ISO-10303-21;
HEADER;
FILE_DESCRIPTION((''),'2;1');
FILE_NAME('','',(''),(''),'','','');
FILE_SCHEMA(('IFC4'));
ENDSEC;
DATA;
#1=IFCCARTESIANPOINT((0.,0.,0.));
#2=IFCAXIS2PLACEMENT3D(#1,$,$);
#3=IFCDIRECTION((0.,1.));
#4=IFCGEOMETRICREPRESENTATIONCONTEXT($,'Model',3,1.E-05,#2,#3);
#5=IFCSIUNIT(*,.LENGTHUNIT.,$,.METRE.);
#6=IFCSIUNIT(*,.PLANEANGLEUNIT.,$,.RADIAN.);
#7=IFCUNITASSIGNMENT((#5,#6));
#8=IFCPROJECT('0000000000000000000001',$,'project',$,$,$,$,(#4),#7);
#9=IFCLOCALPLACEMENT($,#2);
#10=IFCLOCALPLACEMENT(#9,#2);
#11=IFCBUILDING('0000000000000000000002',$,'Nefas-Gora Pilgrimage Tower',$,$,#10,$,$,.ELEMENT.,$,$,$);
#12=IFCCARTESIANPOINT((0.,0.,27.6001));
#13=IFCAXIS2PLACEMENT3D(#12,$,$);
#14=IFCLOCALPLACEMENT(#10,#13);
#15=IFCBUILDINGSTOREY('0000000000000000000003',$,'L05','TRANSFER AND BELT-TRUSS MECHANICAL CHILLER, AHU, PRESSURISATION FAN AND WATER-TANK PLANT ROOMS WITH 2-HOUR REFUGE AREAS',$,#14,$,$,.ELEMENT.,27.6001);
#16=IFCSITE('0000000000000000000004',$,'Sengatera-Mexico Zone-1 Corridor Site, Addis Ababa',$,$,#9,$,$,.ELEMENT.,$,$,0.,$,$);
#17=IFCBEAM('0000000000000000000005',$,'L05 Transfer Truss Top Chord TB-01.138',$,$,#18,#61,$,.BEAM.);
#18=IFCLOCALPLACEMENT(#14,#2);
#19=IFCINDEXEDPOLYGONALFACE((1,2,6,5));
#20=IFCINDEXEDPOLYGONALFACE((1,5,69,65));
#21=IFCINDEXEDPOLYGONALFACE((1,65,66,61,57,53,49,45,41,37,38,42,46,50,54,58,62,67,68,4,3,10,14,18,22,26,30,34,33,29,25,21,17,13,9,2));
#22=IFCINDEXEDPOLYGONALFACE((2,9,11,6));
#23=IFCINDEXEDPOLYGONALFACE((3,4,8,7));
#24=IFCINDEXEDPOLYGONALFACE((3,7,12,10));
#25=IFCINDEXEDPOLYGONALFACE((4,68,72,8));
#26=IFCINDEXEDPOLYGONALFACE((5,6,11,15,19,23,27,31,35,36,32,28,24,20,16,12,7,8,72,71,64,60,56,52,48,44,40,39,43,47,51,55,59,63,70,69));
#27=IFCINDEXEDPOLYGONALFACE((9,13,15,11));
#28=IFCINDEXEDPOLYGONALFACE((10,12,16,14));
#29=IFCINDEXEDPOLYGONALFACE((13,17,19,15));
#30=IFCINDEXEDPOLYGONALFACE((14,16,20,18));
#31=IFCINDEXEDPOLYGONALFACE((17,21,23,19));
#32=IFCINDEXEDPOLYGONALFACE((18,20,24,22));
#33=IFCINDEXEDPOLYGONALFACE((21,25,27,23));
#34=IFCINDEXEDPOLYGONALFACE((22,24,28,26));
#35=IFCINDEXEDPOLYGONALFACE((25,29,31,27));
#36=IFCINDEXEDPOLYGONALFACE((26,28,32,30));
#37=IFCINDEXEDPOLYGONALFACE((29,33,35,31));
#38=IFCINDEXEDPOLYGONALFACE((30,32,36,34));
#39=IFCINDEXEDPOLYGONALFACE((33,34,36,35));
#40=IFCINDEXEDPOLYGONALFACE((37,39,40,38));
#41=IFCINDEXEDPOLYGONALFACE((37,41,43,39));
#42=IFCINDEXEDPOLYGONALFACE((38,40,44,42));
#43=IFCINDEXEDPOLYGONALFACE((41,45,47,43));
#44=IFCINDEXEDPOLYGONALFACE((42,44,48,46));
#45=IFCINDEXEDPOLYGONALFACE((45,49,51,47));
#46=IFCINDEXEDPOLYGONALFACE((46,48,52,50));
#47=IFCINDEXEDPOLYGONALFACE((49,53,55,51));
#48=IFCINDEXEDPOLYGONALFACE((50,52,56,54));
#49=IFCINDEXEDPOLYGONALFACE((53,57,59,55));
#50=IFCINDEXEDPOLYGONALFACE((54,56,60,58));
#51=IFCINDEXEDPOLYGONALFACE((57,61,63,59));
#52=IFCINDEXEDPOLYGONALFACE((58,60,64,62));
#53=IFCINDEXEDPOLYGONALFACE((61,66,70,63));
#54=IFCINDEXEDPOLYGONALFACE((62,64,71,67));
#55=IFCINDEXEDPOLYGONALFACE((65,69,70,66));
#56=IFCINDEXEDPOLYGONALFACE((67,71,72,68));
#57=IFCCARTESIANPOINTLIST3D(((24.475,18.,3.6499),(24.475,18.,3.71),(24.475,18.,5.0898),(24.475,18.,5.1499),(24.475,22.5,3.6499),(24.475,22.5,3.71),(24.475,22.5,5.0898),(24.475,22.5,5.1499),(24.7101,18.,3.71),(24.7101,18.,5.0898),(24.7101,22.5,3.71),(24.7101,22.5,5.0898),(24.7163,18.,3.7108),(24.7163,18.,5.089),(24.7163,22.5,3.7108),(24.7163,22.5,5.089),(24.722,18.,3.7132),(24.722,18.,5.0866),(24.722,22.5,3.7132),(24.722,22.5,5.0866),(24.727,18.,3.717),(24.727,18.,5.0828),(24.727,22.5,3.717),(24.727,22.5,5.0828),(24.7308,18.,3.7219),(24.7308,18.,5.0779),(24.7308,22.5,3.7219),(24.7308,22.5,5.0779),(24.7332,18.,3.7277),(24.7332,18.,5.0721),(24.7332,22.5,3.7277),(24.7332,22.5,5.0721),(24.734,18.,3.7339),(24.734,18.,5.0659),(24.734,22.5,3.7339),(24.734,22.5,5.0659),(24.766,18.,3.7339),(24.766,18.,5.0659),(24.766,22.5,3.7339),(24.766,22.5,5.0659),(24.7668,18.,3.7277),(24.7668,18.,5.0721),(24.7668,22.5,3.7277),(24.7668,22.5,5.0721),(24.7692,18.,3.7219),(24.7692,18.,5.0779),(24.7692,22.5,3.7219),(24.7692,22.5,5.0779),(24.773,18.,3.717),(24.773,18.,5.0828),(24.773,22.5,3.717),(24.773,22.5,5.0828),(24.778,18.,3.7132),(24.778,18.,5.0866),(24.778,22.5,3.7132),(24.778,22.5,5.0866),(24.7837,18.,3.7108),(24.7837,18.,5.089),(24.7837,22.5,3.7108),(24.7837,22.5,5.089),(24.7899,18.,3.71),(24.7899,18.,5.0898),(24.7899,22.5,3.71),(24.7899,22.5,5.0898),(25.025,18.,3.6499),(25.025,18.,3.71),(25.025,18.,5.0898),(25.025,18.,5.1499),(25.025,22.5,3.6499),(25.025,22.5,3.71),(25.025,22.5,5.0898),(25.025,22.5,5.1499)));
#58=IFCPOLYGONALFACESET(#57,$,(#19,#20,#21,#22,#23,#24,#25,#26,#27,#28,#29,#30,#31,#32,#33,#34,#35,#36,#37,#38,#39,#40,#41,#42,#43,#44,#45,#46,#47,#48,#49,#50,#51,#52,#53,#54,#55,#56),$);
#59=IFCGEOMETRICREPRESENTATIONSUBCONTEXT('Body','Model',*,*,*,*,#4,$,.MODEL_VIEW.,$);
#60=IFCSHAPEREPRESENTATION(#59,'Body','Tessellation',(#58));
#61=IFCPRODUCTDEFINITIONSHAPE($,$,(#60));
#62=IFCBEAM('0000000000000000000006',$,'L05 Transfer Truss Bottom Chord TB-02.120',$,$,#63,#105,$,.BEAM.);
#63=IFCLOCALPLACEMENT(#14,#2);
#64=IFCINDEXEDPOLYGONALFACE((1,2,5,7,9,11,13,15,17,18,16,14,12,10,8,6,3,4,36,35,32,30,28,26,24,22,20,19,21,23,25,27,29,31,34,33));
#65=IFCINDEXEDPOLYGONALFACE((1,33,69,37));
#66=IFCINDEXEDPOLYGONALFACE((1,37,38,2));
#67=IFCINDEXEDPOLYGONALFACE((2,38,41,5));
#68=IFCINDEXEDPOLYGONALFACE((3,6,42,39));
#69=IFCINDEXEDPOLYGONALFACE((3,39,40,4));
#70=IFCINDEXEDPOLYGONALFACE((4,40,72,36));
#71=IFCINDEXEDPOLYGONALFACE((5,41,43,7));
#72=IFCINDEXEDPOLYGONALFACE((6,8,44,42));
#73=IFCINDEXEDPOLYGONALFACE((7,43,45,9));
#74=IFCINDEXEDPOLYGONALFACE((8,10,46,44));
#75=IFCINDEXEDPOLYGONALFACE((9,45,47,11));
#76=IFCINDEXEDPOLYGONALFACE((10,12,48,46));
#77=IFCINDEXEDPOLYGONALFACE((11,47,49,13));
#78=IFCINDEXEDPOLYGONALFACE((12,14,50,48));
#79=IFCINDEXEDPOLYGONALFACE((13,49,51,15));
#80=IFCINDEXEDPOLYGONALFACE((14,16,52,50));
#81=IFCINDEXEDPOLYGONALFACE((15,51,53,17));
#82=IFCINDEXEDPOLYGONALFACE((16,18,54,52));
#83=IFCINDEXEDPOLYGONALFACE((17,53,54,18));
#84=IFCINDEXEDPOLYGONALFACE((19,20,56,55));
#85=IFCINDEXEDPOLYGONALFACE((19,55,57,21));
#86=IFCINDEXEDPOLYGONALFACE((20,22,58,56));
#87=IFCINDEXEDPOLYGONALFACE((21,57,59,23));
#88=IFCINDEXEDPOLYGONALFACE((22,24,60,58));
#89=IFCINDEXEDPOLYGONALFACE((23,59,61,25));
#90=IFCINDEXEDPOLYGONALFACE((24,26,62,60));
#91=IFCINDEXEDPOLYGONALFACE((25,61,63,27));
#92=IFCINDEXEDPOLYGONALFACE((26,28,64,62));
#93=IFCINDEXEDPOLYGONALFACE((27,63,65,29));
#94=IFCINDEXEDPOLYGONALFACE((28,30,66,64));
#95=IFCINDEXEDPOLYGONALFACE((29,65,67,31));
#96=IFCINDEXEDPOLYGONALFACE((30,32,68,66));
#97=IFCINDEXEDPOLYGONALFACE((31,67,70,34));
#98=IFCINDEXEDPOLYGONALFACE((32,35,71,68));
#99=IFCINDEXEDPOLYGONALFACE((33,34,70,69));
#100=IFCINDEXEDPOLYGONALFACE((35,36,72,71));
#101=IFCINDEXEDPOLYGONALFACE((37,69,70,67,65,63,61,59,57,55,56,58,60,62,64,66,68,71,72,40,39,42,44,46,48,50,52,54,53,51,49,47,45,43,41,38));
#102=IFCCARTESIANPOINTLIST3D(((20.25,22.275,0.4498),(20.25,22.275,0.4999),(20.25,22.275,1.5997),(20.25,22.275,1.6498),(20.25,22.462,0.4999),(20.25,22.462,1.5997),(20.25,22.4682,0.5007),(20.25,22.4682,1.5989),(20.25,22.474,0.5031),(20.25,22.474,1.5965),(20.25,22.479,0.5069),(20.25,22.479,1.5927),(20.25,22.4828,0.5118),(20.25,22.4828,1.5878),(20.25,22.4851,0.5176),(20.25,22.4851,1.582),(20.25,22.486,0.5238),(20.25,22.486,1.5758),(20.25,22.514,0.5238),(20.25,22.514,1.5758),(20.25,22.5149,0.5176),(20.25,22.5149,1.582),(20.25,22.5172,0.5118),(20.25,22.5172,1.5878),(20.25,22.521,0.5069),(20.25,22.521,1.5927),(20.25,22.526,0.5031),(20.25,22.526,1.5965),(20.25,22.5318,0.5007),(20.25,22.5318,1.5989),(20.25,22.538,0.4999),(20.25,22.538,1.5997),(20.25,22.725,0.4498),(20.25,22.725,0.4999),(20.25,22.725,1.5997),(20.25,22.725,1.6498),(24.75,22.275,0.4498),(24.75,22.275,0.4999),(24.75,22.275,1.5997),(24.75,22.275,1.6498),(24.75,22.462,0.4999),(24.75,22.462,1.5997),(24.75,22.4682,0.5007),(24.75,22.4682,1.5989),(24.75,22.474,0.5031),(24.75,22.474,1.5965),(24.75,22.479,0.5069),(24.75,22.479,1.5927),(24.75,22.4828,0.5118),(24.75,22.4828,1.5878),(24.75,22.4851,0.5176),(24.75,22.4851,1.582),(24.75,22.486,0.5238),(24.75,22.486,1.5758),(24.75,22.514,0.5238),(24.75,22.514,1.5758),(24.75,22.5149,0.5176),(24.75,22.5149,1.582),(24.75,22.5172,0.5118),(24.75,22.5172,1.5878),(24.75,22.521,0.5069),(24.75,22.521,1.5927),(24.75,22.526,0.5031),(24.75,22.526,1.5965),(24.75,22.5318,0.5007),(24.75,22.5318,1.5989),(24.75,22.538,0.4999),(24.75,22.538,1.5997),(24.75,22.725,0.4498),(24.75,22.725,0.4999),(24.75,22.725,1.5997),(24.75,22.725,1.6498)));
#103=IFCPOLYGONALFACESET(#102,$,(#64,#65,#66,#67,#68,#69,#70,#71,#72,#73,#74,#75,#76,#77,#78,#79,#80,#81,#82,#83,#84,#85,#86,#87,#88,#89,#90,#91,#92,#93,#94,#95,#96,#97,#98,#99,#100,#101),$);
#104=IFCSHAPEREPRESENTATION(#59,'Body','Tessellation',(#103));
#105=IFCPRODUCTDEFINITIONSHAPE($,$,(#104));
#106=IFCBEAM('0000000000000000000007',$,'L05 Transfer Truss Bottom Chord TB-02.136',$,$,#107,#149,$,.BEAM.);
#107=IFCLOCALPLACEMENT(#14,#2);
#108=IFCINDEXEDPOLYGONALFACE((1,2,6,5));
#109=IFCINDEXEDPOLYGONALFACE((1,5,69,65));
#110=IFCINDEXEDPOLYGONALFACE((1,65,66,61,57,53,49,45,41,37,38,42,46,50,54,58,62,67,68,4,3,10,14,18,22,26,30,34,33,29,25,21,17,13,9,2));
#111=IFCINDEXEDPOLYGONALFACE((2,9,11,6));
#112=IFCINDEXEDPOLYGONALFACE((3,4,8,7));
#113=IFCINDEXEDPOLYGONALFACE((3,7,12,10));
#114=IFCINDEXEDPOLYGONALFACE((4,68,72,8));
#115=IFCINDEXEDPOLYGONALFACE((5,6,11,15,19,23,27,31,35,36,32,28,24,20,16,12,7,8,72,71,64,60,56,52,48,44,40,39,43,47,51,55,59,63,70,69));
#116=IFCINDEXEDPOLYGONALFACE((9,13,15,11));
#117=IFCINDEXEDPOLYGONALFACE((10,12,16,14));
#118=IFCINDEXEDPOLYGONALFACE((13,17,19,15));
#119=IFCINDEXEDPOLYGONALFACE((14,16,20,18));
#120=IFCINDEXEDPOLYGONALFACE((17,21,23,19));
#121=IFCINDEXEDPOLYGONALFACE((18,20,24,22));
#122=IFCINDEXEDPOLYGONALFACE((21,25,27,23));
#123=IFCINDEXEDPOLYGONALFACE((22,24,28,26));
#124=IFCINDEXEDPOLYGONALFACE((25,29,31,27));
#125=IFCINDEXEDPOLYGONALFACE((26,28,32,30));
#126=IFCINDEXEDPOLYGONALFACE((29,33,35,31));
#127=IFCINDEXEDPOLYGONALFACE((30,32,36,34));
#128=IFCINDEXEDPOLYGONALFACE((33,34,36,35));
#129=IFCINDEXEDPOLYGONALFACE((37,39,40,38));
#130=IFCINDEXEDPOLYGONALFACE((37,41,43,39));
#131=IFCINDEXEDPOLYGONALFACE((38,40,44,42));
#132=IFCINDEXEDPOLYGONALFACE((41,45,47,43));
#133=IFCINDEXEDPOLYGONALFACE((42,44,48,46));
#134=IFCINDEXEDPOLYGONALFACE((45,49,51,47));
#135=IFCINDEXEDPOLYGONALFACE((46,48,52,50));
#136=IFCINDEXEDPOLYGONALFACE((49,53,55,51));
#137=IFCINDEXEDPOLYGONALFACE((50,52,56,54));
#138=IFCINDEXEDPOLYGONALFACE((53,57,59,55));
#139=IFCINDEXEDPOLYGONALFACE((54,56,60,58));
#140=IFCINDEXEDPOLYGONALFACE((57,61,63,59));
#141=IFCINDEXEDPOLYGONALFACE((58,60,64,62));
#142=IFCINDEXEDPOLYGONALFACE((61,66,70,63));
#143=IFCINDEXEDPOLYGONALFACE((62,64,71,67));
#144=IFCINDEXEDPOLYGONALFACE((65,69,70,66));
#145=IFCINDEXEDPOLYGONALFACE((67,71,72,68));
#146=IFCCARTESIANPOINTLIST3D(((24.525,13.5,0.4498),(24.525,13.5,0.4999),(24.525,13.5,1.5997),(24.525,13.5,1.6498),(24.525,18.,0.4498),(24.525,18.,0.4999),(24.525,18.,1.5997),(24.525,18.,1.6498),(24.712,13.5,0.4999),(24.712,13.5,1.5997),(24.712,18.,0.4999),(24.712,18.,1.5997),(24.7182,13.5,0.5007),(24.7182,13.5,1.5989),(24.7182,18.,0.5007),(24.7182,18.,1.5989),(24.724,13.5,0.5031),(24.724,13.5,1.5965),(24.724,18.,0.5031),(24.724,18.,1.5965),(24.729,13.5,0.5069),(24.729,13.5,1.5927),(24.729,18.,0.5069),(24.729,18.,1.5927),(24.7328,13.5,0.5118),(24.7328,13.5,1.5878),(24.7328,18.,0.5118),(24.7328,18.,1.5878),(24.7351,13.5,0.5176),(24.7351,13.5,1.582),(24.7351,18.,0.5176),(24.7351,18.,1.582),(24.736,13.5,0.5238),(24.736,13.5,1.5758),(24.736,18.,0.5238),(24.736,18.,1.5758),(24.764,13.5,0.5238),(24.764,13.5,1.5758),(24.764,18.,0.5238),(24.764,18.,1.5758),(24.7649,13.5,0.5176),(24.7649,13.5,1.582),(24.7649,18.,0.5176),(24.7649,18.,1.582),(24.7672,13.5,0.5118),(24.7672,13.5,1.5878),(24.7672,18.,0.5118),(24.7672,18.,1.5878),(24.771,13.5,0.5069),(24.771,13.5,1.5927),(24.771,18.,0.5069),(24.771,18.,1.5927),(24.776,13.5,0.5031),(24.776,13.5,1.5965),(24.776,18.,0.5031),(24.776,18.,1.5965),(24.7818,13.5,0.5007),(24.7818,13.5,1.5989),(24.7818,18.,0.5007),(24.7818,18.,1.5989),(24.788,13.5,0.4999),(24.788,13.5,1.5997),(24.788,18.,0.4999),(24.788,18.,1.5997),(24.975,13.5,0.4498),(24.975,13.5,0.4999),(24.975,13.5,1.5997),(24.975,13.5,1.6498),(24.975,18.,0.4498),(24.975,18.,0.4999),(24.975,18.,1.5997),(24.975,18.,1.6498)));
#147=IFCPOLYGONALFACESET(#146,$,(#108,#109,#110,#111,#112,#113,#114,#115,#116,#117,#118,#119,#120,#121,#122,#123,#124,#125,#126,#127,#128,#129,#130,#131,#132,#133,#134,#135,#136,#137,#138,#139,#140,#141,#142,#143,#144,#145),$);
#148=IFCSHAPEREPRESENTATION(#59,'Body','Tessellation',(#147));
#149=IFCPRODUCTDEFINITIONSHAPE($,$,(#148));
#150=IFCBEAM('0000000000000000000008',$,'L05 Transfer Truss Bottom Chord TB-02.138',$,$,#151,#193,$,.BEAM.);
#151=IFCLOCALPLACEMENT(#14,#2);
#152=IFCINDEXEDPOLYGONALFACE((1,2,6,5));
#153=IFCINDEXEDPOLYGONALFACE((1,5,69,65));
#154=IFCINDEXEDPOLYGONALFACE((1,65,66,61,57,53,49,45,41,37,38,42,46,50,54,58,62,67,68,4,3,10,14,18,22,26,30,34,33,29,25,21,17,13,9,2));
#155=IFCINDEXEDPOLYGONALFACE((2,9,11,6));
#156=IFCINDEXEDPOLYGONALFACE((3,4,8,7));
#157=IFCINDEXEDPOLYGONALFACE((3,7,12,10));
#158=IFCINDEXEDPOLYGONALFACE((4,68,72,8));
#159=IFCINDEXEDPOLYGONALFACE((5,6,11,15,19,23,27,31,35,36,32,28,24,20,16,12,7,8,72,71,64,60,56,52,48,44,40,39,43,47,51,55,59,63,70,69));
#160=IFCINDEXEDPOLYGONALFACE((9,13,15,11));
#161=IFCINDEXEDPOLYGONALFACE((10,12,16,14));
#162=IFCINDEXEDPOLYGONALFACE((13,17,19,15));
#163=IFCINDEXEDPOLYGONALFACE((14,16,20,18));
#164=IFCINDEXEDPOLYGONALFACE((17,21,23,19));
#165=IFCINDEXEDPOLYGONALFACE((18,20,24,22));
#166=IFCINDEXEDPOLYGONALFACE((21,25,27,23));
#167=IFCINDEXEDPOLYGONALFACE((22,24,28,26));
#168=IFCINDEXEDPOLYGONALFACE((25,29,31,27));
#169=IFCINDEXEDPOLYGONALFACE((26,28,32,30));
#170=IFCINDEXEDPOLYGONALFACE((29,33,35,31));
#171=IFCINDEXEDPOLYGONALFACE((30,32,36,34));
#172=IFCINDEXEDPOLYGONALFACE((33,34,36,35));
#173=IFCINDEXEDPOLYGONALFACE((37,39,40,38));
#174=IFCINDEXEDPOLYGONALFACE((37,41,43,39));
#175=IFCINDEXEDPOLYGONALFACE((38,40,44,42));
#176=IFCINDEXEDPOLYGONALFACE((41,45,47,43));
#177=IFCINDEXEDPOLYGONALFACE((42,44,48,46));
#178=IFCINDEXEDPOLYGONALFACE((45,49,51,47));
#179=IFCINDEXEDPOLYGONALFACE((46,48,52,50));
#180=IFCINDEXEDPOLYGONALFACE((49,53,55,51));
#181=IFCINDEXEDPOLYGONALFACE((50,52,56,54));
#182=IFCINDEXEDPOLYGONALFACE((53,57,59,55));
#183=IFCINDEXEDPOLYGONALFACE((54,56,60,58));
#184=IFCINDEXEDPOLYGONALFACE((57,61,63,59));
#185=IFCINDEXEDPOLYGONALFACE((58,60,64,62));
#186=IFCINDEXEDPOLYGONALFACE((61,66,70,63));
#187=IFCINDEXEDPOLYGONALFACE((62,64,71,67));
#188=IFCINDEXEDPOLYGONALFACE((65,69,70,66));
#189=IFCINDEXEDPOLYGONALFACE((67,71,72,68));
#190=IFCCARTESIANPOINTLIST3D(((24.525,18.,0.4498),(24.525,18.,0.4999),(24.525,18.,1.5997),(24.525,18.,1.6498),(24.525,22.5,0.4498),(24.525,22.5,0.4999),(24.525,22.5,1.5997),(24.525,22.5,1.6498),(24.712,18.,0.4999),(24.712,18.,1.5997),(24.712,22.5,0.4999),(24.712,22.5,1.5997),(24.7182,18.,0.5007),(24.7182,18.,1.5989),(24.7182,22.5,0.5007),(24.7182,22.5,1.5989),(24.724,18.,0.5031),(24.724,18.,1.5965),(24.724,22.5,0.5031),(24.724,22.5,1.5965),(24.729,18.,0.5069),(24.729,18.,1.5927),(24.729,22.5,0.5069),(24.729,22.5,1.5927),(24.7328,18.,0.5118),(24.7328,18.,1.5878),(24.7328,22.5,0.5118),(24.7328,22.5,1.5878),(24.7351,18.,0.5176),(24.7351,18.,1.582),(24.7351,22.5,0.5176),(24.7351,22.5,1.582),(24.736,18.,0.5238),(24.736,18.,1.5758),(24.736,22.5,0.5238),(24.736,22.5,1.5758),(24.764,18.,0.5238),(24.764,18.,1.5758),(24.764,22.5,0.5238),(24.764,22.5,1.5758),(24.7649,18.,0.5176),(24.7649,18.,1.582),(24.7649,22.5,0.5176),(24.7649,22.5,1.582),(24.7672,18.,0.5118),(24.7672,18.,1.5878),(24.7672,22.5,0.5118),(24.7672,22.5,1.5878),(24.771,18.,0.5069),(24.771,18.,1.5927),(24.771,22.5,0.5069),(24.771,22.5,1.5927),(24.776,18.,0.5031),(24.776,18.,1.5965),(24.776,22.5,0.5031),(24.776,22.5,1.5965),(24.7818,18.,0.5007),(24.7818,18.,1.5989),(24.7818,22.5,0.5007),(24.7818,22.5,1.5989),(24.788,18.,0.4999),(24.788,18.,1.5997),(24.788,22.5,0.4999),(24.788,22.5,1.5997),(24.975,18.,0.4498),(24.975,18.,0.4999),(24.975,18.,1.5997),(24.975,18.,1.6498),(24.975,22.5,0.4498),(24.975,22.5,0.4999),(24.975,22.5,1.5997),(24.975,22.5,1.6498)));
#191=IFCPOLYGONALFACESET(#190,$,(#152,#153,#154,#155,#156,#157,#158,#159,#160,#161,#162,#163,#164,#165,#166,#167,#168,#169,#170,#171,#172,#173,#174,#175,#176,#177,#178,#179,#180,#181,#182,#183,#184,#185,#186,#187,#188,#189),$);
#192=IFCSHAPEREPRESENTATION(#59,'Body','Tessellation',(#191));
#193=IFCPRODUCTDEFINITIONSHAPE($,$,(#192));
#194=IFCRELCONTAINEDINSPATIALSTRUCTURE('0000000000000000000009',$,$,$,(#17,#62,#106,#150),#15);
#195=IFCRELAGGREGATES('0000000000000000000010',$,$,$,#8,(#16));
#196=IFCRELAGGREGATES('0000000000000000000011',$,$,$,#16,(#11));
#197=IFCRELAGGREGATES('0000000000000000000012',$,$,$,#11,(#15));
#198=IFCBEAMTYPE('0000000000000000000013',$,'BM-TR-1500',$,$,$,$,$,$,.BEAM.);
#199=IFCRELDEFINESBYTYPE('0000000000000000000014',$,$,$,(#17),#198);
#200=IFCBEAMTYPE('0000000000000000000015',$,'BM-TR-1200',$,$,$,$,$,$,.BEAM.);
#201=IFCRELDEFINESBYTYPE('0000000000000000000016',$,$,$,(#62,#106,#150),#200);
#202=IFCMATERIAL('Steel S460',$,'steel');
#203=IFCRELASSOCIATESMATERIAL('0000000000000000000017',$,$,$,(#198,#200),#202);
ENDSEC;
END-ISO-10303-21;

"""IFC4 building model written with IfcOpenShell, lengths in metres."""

from ifc_helpers import new_model, si_unit, direction, frame, origin, origin_2d, place, context, subcontext, project, spatial, i_section, extrude, source, transform, mapped, material, material_profile, profile_set, type_object, element, save


model = new_model("IFC4")

# Units and contexts
model_context = context("Model", 3, precision=1e-05, world=origin(), true_north=direction((0.0, 1.0)))
body_context = subcontext(model_context, "Body", "Model", "MODEL_VIEW")
ifc_project = project(units=[si_unit("LENGTHUNIT", "METRE"), si_unit("PLANEANGLEUNIT", "RADIAN")], contexts=[model_context])

# Site, building, storey
site_placement = place(None, origin())
site = spatial("IfcSite", under=ifc_project, at=site_placement, Name="Sengatera-Mexico Zone-1 Corridor Site, Addis Ababa", CompositionType="ELEMENT", RefElevation=0.0)
building_placement = place(site_placement, origin())
building = spatial("IfcBuilding", under=site, at=building_placement, Name="Nefas-Gora Pilgrimage Tower", CompositionType="ELEMENT")
storey_placement = place(building_placement, frame((0.0, 0.0, 27.6001)))
storey = spatial("IfcBuildingStorey", under=building, at=storey_placement, Name="L05", Description="TRANSFER AND BELT-TRUSS MECHANICAL CHILLER, AHU, PRESSURISATION FAN AND WATER-TANK PLANT ROOMS WITH 2-HOUR REFUGE AREAS", CompositionType="ELEMENT", Elevation=27.6001)

# Shared definitions
ifc_material = material(Name="Steel S460", Category="steel")

# Beams
ifc_material_profile_1 = material_profile(ifc_material, i_section(OverallWidth=0.55, OverallDepth=1.5, WebThickness=0.032, FlangeThickness=0.0601, FilletRadius=0.0239, at=origin_2d()), Name="WPG 1500x550x32x60")
ifc_profile_set_1 = profile_set([ifc_material_profile_1], Name="Steel S460")
beam_type_1 = type_object("IfcBeamType", Name="BM-TR-1500", PredefinedType="BEAM", material=ifc_profile_set_1)
shared_shape_1 = source(origin(), body_context, "Body", "SweptSolid", [
    extrude(i_section(OverallWidth=0.55, OverallDepth=1.5, WebThickness=0.032, FlangeThickness=0.0601, FilletRadius=0.0239, at=origin_2d()), origin(), (0.0, 0.0, 1.0), 4.5),
])
for number, where, z_axis, x_axis, name in (
    (1, (24.75, 18.0, 4.3999), (0.0, 1.0, 0.0), (-1.0, 0.0, 0.0), "L05 Transfer Truss Top Chord TB-01.138"),
):
    element("IfcBeam", number, at=place(storey_placement, frame(where, z_axis=z_axis, x_axis=x_axis)), inside=storey, type_object=beam_type_1, Name=name, PredefinedType="BEAM", context=body_context, shape_type="MappedRepresentation", body=[
        mapped(shared_shape_1, transform((0.0, 0.0, 0.0), x_axis=(1.0, 0.0, 0.0), y_axis=(0.0, 1.0, 0.0), z_axis=(0.0, 0.0, 1.0), scale=1.0)),
    ])
ifc_material_profile_2 = material_profile(ifc_material, i_section(OverallWidth=0.45, OverallDepth=1.2, WebThickness=0.0281, FlangeThickness=0.05, FilletRadius=0.0239, at=origin_2d()), Name="WPG 1200x450x28x50")
ifc_profile_set_2 = profile_set([ifc_material_profile_2], Name="Steel S460")
beam_type_2 = type_object("IfcBeamType", Name="BM-TR-1200", PredefinedType="BEAM", material=ifc_profile_set_2)
shared_shape_2 = source(origin(), body_context, "Body", "SweptSolid", [
    extrude(i_section(OverallWidth=0.45, OverallDepth=1.2, WebThickness=0.0281, FlangeThickness=0.05, FilletRadius=0.0239, at=origin_2d()), origin(), (0.0, 0.0, 1.0), 4.5),
])
for number, where, z_axis, x_axis, name in (
    (2, (20.25, 22.5, 1.0498), (1.0, 0.0, 0.0), (0.0, 1.0, 0.0), "L05 Transfer Truss Bottom Chord TB-02.120"),
    (3, (24.75, 13.5, 1.0498), (0.0, 1.0, 0.0), (-1.0, 0.0, 0.0), "L05 Transfer Truss Bottom Chord TB-02.136"),
    (4, (24.75, 18.0, 1.0498), (0.0, 1.0, 0.0), (-1.0, 0.0, 0.0), "L05 Transfer Truss Bottom Chord TB-02.138"),
):
    element("IfcBeam", number, at=place(storey_placement, frame(where, z_axis=z_axis, x_axis=x_axis)), inside=storey, type_object=beam_type_2, Name=name, PredefinedType="BEAM", context=body_context, shape_type="MappedRepresentation", body=[
        mapped(shared_shape_2, transform((0.0, 0.0, 0.0), x_axis=(1.0, 0.0, 0.0), y_axis=(0.0, 1.0, 0.0), z_axis=(0.0, 0.0, 1.0), scale=1.0)),
    ])

save(model, "model.ifc")
